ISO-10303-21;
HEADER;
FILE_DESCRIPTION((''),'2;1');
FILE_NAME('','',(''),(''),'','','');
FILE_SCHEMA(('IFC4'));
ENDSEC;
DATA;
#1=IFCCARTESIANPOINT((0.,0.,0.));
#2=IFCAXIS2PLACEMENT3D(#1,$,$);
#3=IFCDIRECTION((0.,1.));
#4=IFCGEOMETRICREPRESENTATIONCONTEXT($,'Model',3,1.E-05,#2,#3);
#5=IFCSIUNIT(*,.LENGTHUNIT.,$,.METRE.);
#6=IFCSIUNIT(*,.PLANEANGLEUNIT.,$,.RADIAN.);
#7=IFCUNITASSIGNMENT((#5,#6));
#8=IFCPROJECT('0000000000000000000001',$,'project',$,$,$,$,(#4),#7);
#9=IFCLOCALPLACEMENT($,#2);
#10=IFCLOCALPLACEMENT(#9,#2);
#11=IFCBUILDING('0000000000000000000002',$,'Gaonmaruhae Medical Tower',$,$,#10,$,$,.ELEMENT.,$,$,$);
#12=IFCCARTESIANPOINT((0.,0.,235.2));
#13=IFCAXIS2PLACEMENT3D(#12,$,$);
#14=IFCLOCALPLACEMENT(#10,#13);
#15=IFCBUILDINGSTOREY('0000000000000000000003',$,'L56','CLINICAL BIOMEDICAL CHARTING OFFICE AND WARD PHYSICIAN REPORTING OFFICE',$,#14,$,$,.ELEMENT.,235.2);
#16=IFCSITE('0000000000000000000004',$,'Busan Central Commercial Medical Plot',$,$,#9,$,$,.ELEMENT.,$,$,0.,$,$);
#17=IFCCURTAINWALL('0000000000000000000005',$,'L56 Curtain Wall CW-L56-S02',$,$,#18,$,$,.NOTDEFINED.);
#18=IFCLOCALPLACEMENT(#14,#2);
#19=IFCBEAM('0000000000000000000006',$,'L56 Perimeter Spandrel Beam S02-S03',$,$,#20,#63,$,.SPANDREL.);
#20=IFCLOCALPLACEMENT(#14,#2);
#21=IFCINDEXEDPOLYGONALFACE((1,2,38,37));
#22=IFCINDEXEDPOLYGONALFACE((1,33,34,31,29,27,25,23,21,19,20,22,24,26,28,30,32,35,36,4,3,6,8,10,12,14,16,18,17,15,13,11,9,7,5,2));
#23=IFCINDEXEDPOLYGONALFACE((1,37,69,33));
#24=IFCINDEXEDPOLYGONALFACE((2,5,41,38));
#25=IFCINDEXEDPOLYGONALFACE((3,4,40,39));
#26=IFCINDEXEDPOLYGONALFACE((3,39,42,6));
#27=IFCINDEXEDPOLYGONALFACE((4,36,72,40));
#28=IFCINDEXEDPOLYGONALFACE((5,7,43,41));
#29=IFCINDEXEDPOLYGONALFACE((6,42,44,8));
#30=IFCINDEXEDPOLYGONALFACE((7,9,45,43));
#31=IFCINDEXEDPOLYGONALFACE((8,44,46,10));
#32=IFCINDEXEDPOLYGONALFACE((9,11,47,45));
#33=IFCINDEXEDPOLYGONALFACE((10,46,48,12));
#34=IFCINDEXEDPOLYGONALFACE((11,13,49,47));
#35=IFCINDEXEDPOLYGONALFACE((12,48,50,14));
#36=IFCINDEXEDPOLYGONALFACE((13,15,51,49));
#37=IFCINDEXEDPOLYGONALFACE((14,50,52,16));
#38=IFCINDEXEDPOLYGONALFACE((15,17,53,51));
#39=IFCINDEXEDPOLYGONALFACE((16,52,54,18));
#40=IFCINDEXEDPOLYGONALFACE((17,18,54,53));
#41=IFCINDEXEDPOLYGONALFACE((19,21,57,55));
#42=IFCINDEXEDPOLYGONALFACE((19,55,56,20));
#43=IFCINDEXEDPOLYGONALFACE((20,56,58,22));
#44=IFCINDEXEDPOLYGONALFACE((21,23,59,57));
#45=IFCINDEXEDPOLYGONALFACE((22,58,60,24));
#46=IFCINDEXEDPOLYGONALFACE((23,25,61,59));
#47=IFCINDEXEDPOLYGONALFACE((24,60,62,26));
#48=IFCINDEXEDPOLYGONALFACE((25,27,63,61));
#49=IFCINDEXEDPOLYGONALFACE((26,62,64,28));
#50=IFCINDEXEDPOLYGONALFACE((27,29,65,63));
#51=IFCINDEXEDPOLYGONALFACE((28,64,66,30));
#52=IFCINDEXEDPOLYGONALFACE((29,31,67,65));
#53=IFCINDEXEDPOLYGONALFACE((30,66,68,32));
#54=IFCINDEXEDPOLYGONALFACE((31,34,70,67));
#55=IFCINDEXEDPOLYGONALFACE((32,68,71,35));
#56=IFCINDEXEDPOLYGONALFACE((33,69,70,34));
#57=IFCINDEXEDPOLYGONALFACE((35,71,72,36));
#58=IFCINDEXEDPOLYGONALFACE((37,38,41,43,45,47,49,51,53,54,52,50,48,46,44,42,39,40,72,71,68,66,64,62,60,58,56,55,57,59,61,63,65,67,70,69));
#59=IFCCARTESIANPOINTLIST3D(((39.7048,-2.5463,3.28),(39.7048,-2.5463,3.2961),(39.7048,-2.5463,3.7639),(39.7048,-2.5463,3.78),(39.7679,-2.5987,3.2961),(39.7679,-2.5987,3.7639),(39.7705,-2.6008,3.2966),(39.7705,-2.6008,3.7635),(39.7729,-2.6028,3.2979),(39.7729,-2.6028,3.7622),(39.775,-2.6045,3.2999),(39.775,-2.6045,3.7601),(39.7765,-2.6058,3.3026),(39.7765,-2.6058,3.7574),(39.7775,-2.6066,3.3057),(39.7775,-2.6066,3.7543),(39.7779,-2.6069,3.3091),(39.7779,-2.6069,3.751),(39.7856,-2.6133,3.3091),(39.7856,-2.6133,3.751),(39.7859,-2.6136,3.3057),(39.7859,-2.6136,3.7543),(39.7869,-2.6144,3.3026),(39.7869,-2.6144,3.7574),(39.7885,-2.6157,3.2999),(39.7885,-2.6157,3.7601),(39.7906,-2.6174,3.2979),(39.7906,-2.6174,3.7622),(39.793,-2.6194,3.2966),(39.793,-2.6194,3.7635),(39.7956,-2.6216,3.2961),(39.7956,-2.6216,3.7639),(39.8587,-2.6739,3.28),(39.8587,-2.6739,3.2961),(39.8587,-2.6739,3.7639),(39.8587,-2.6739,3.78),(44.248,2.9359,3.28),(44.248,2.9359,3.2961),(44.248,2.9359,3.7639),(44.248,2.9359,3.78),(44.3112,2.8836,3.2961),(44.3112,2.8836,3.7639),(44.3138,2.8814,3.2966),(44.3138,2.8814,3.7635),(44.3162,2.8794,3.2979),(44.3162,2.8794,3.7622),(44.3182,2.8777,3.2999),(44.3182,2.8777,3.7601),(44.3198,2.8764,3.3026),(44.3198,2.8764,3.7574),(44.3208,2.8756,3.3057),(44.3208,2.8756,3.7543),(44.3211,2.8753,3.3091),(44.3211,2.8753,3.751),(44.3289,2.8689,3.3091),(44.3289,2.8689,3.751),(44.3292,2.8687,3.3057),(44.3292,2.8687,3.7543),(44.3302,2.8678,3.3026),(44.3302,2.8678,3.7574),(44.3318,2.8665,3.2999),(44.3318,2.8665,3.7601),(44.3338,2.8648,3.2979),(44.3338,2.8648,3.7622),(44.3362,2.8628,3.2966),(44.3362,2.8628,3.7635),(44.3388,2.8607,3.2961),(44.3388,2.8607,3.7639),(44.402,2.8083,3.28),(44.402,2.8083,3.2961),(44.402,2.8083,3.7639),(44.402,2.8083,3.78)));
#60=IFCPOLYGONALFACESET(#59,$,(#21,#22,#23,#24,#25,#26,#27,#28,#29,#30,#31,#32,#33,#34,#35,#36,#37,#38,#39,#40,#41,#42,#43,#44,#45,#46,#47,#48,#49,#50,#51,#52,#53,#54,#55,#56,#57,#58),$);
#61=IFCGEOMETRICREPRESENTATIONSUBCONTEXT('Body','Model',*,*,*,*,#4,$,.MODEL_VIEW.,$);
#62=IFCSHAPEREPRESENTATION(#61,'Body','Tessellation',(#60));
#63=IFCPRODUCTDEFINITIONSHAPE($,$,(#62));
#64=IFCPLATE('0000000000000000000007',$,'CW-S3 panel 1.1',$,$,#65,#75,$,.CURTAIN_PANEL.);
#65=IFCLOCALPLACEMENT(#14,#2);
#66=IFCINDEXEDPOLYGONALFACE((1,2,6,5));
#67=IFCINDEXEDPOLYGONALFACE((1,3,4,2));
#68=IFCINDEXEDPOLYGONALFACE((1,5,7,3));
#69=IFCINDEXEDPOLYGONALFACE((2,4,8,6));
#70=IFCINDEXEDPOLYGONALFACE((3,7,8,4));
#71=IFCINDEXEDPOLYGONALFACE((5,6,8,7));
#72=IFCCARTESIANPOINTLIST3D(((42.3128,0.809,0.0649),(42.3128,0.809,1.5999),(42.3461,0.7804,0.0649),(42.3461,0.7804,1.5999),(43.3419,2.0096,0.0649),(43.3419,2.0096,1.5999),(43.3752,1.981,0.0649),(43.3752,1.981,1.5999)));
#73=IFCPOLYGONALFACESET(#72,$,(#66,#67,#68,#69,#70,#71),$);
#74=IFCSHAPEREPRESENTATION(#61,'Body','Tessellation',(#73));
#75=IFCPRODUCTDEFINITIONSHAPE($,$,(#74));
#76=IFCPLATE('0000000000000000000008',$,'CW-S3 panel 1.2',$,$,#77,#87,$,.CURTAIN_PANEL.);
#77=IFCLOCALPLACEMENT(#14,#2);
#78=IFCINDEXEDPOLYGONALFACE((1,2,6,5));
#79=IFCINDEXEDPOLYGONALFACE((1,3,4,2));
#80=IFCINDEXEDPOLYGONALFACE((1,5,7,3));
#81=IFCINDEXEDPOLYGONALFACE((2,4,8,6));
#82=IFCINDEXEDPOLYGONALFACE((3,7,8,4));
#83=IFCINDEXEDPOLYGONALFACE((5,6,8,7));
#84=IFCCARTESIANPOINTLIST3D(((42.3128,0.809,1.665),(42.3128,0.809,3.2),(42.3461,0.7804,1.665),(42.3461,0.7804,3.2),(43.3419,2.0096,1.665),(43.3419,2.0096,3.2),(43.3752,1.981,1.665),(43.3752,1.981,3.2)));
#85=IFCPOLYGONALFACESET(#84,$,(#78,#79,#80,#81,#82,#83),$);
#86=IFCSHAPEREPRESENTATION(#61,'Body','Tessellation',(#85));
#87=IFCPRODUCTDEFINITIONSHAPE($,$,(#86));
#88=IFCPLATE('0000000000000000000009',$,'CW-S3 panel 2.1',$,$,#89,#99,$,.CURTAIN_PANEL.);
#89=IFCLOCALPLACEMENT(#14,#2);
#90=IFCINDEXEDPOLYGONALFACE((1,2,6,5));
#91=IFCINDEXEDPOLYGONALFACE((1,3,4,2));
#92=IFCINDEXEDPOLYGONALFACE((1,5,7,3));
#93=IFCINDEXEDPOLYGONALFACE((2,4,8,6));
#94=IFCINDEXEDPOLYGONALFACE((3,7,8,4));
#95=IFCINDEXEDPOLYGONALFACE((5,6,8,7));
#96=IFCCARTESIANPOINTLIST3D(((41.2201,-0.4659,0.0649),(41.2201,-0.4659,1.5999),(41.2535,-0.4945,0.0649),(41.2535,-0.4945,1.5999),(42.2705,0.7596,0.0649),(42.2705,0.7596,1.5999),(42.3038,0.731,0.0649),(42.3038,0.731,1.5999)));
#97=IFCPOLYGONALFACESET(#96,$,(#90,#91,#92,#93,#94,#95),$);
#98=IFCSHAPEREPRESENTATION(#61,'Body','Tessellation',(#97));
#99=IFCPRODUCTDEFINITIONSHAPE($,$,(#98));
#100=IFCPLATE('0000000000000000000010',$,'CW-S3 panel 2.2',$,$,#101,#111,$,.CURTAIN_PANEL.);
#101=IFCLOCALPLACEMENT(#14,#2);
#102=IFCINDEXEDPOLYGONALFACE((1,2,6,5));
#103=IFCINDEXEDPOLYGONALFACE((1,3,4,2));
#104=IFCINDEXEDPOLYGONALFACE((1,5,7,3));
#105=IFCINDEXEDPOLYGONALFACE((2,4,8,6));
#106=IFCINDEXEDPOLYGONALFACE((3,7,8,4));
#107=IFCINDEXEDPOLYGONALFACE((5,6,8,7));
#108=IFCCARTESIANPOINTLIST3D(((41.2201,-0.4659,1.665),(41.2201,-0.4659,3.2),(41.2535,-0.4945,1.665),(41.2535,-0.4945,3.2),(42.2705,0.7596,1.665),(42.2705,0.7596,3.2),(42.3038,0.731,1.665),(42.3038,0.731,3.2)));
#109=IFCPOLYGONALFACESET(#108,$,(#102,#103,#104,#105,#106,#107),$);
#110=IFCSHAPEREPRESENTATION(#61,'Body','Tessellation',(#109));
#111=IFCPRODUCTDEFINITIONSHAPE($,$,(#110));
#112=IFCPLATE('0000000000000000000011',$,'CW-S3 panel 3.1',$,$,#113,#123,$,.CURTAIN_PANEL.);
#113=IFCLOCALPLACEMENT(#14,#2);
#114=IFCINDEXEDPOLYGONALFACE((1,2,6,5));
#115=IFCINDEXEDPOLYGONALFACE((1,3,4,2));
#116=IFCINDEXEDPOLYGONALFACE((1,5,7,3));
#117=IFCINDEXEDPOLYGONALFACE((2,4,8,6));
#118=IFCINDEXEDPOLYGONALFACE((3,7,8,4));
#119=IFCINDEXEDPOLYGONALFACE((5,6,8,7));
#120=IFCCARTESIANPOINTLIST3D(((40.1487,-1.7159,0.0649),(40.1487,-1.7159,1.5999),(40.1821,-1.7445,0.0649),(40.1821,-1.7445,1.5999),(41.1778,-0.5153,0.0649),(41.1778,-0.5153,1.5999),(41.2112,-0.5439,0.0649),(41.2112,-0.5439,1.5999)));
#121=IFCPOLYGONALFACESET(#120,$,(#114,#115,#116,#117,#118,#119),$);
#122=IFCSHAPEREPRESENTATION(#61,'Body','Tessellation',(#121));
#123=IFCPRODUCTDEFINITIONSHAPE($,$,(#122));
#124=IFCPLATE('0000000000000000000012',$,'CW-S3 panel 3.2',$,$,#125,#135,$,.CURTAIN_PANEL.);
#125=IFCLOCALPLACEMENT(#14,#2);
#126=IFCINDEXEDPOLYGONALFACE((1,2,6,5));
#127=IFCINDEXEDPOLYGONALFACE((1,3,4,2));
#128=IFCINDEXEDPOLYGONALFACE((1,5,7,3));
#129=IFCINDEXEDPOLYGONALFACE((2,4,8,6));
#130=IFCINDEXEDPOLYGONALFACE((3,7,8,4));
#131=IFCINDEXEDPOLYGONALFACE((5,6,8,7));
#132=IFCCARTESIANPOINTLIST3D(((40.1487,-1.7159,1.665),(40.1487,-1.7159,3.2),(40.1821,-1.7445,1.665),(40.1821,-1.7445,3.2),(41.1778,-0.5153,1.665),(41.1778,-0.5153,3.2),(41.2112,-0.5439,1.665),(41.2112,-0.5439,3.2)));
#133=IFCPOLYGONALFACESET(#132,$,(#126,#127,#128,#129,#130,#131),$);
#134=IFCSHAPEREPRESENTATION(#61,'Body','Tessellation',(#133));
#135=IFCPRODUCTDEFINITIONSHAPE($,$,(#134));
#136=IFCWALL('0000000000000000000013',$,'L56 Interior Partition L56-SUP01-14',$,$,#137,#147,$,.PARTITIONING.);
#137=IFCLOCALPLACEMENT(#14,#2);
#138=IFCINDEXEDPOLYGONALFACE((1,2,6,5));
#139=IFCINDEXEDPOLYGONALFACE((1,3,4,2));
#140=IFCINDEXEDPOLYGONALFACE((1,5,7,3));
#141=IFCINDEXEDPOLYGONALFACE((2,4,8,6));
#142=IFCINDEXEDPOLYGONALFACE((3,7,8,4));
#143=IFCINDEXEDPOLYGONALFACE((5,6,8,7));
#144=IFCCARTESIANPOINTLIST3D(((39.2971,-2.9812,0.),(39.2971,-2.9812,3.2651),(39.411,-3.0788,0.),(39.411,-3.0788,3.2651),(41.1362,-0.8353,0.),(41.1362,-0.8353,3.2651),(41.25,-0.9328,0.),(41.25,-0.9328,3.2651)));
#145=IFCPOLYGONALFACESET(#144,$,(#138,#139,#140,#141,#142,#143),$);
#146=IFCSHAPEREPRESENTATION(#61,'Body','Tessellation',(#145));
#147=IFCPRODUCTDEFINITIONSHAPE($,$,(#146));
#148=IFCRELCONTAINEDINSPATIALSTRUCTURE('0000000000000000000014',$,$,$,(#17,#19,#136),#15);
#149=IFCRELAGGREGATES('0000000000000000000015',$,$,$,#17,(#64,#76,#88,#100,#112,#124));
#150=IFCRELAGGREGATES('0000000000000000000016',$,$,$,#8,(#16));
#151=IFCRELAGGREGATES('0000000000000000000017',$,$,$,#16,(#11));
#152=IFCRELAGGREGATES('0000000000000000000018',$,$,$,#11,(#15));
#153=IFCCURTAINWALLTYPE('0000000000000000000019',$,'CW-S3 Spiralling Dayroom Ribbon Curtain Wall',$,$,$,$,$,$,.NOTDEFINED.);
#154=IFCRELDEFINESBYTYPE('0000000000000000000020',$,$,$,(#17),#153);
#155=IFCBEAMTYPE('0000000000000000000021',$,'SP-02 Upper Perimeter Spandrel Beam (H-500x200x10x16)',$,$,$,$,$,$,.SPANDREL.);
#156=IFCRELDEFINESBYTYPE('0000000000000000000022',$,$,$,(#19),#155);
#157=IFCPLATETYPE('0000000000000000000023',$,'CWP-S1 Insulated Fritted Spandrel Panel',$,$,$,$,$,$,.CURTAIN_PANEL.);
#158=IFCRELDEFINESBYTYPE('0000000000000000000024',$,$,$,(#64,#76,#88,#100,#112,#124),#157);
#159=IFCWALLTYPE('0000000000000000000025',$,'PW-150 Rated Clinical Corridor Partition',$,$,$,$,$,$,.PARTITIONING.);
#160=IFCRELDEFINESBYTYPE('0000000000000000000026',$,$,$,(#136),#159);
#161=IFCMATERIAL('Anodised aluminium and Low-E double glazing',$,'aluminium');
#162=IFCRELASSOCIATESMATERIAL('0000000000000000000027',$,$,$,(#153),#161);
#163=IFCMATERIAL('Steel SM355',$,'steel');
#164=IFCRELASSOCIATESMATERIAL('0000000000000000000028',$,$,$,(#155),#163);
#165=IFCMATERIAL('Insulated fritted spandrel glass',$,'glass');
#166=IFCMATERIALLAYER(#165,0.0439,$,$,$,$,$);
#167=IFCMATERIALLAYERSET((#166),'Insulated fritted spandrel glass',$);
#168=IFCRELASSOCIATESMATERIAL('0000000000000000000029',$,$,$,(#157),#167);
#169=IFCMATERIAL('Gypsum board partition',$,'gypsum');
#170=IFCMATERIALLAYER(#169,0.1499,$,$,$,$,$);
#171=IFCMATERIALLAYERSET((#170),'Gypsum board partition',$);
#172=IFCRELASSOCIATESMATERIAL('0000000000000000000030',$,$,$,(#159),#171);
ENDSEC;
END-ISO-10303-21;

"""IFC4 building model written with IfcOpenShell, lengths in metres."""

from ifc_helpers import new_model, si_unit, direction, frame, frame_2d, origin, origin_2d, place, context, subcontext, project, spatial, rectangle, i_section, extrude, material, layer, layer_set, material_profile, profile_set, type_object, element, aggregate, save


model = new_model("IFC4")

# Units and contexts
model_context = context("Model", 3, precision=1e-05, world=origin(), true_north=direction((0.0, 1.0)))
body_context = subcontext(model_context, "Body", "Model", "MODEL_VIEW")
ifc_project = project(units=[si_unit("LENGTHUNIT", "METRE"), si_unit("PLANEANGLEUNIT", "RADIAN")], contexts=[model_context])

# Site, building, storey
site_placement = place(None, origin())
site = spatial("IfcSite", under=ifc_project, at=site_placement, Name="Busan Central Commercial Medical Plot", CompositionType="ELEMENT", RefElevation=0.0)
building_placement = place(site_placement, origin())
building = spatial("IfcBuilding", under=site, at=building_placement, Name="Gaonmaruhae Medical Tower", CompositionType="ELEMENT")
storey_placement = place(building_placement, frame((0.0, 0.0, 235.2)))
storey = spatial("IfcBuildingStorey", under=building, at=storey_placement, Name="L56", Description="CLINICAL BIOMEDICAL CHARTING OFFICE AND WARD PHYSICIAN REPORTING OFFICE", CompositionType="ELEMENT", Elevation=235.2)

# Curtain wall
ifc_material_1 = material(Name="Anodised aluminium and Low-E double glazing", Category="aluminium")
curtain_wall_type = type_object("IfcCurtainWallType", Name="CW-S3 Spiralling Dayroom Ribbon Curtain Wall", PredefinedType="NOTDEFINED", material=ifc_material_1)
curtain_wall_placement = place(storey_placement, origin())
curtain_wall = element("IfcCurtainWall", 1, at=curtain_wall_placement, inside=storey, type_object=curtain_wall_type, Name="L56 Curtain Wall CW-L56-S02", PredefinedType="NOTDEFINED")

# Beam
ifc_material_2 = material(Name="Steel SM355", Category="steel")
ifc_material_profile_1 = material_profile(ifc_material_2, i_section(OverallWidth=0.2, OverallDepth=0.5, WebThickness=0.01, FlangeThickness=0.0161, FilletRadius=0.0129, at=origin_2d()), Name="H-500x200x10x16")
ifc_profile_set_1 = profile_set([ifc_material_profile_1], Name="Steel SM355")
beam_type = type_object("IfcBeamType", Name="SP-02 Upper Perimeter Spandrel Beam (H-500x200x10x16)", PredefinedType="SPANDREL", material=ifc_profile_set_1)
beam_placement = place(storey_placement, frame((39.7817, -2.6101, 3.53), z_axis=(0.638088, 0.769964, 0.0), x_axis=(-0.769964, 0.638088, 0.0)))
element("IfcBeam", 2, at=beam_placement, inside=storey, type_object=beam_type, Name="L56 Perimeter Spandrel Beam S02-S03", PredefinedType="SPANDREL", context=body_context, shape_type="SweptSolid", body=[
    extrude(i_section(OverallWidth=0.2, OverallDepth=0.5, WebThickness=0.01, FlangeThickness=0.0161, FilletRadius=0.0129, at=origin_2d()), origin(), (0.0, 0.0, 1.0), 7.1201),
])

# Plates
ifc_material_3 = material(Name="Insulated fritted spandrel glass", Category="glass")
ifc_layer_1 = layer(ifc_material_3, 0.0439)
ifc_layer_set_1 = layer_set([ifc_layer_1], Name="Insulated fritted spandrel glass")
plate_type = type_object("IfcPlateType", Name="CWP-S1 Insulated Fritted Spandrel Panel", PredefinedType="CURTAIN_PANEL", material=ifc_layer_set_1)
plate_1_placement = place(storey_placement, frame((42.844, 1.395, 0.0649), z_axis=(0.0, 0.0, 1.0), x_axis=(-0.650782, -0.759265, 0.0)))
plate_1 = element("IfcPlate", 3, at=plate_1_placement, type_object=plate_type, Name="CW-S3 panel 1.1", PredefinedType="CURTAIN_PANEL", context=body_context, shape_type="SweptSolid", body=[
    extrude(rectangle(XDim=1.5813, YDim=0.0439, at=origin_2d()), origin(), (0.0, 0.0, 1.0), 1.5349),
])
plate_2_placement = place(storey_placement, frame((42.844, 1.395, 1.665), z_axis=(0.0, 0.0, 1.0), x_axis=(-0.650782, -0.759265, 0.0)))
plate_2 = element("IfcPlate", 4, at=plate_2_placement, type_object=plate_type, Name="CW-S3 panel 1.2", PredefinedType="CURTAIN_PANEL", context=body_context, shape_type="SweptSolid", body=[
    extrude(rectangle(XDim=1.5813, YDim=0.0439, at=origin_2d()), origin(), (0.0, 0.0, 1.0), 1.5349),
])
plate_3_placement = place(storey_placement, frame((41.762, 0.1326, 0.0649), z_axis=(0.0, 0.0, 1.0), x_axis=(-0.650782, -0.759265, 0.0)))
plate_3 = element("IfcPlate", 5, at=plate_3_placement, type_object=plate_type, Name="CW-S3 panel 2.1", PredefinedType="CURTAIN_PANEL", context=body_context, shape_type="SweptSolid", body=[
    extrude(rectangle(XDim=1.614, YDim=0.0439, at=origin_2d()), origin(), (0.0, 0.0, 1.0), 1.5349),
])
plate_4_placement = place(storey_placement, frame((41.762, 0.1326, 1.665), z_axis=(0.0, 0.0, 1.0), x_axis=(-0.650782, -0.759265, 0.0)))
plate_4 = element("IfcPlate", 6, at=plate_4_placement, type_object=plate_type, Name="CW-S3 panel 2.2", PredefinedType="CURTAIN_PANEL", context=body_context, shape_type="SweptSolid", body=[
    extrude(rectangle(XDim=1.614, YDim=0.0439, at=origin_2d()), origin(), (0.0, 0.0, 1.0), 1.5349),
])
plate_5_placement = place(storey_placement, frame((40.6799, -1.1299, 0.0649), z_axis=(0.0, 0.0, 1.0), x_axis=(-0.650782, -0.759265, 0.0)))
plate_5 = element("IfcPlate", 7, at=plate_5_placement, type_object=plate_type, Name="CW-S3 panel 3.1", PredefinedType="CURTAIN_PANEL", context=body_context, shape_type="SweptSolid", body=[
    extrude(rectangle(XDim=1.5813, YDim=0.0439, at=origin_2d()), origin(), (0.0, 0.0, 1.0), 1.5349),
])
plate_6_placement = place(storey_placement, frame((40.6799, -1.1299, 1.665), z_axis=(0.0, 0.0, 1.0), x_axis=(-0.650782, -0.759265, 0.0)))
plate_6 = element("IfcPlate", 8, at=plate_6_placement, type_object=plate_type, Name="CW-S3 panel 3.2", PredefinedType="CURTAIN_PANEL", context=body_context, shape_type="SweptSolid", body=[
    extrude(rectangle(XDim=1.5813, YDim=0.0439, at=origin_2d()), origin(), (0.0, 0.0, 1.0), 1.5349),
])
aggregate(curtain_wall, [plate_1, plate_2, plate_3, plate_4, plate_5, plate_6])

# Wall
ifc_material_4 = material(Name="Gypsum board partition", Category="gypsum")
ifc_layer_2 = layer(ifc_material_4, 0.1499)
ifc_layer_set_2 = layer_set([ifc_layer_2], Name="Gypsum board partition")
wall_type = type_object("IfcWallType", Name="PW-150 Rated Clinical Corridor Partition", PredefinedType="PARTITIONING", material=ifc_layer_set_2)
wall_placement = place(storey_placement, frame((41.1931, -0.884, 0.0), z_axis=(0.0, 0.0, 1.0), x_axis=(-0.650727, -0.759311, 0.0)))
element("IfcWall", 9, at=wall_placement, inside=storey, type_object=wall_type, Name="L56 Interior Partition L56-SUP01-14", PredefinedType="PARTITIONING", context=body_context, shape_type="SweptSolid", body=[
    extrude(rectangle(XDim=2.8262, YDim=0.1499, at=frame_2d((1.4131, 0.0))), origin(), (0.0, 0.0, 1.0), 3.2651),
])

save(model, "model.ifc")
